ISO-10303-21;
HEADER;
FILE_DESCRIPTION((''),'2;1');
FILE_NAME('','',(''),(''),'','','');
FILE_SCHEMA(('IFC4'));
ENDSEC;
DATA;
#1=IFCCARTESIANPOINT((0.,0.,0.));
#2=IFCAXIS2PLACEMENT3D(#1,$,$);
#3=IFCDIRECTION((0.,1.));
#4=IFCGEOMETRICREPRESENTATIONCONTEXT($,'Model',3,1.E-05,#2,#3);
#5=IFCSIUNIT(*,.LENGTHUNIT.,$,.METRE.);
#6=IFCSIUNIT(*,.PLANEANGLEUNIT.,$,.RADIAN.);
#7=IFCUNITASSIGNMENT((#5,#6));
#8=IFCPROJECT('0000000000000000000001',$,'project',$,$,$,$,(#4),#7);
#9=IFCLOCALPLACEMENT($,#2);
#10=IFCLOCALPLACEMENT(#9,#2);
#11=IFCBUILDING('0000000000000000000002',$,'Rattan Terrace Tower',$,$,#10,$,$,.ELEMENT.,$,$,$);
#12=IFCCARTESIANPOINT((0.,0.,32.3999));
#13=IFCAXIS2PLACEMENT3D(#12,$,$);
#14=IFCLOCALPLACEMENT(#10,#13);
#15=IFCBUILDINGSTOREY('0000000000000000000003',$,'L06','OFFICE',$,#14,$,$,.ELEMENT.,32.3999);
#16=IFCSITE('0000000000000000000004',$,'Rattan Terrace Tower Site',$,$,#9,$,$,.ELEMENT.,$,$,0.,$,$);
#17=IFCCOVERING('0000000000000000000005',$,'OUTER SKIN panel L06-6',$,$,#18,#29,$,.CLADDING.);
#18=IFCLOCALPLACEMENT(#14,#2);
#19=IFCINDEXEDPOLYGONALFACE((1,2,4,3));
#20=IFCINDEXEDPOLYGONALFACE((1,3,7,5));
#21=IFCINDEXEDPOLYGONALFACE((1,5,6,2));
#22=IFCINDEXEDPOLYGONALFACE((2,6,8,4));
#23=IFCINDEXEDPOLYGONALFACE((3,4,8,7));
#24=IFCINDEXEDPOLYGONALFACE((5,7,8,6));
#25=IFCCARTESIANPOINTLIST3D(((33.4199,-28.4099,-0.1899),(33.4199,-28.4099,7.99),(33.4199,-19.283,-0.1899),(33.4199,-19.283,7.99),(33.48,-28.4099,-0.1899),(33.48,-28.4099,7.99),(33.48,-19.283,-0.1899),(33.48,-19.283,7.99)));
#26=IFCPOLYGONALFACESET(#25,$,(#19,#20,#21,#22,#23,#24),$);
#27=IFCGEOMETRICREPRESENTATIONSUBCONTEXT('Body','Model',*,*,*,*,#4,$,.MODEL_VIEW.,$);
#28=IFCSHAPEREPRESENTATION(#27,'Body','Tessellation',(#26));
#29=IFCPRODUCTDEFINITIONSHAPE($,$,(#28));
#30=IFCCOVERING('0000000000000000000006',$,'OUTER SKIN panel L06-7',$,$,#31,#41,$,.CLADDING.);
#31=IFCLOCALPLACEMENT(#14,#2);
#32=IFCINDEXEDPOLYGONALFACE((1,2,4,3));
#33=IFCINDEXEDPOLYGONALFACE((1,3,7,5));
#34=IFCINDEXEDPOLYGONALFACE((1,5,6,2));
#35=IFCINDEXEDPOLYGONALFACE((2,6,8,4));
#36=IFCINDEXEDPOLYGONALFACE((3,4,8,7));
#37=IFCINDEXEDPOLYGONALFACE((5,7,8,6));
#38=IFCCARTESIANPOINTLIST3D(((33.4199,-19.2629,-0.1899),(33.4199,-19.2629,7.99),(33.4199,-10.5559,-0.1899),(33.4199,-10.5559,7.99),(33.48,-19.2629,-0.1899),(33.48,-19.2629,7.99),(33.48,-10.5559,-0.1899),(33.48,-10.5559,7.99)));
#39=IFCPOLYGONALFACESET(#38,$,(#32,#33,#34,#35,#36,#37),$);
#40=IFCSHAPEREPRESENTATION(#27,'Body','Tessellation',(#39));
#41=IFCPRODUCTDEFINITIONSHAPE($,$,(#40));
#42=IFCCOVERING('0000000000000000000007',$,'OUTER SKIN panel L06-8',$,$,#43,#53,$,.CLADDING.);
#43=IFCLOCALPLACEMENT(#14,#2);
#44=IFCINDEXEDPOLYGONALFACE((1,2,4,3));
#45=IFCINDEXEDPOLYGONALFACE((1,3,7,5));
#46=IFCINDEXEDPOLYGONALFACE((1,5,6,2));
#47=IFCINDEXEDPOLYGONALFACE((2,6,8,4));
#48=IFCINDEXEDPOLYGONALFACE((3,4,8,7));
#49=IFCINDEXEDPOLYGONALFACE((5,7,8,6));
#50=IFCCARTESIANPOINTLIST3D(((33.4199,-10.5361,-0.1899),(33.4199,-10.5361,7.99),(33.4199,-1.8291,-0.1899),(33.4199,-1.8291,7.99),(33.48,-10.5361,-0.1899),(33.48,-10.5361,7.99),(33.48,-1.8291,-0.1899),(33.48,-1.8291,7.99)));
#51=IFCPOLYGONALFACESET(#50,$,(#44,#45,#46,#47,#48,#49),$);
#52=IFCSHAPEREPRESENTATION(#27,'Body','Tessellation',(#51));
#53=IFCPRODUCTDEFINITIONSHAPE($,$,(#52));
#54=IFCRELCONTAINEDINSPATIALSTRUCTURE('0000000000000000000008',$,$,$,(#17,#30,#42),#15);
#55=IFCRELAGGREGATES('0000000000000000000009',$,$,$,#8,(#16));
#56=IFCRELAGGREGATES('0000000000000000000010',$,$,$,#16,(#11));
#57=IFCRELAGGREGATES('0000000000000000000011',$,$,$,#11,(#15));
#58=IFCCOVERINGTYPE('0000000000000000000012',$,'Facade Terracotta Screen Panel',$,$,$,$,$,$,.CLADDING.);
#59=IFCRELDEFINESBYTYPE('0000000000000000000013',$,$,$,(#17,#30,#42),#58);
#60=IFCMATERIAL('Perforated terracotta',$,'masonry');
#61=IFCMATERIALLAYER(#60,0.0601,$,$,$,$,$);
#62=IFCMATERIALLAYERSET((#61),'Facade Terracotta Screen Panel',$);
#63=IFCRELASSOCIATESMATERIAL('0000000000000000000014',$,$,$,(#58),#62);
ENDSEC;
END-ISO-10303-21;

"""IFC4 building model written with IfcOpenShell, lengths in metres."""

from ifc_helpers import new_model, si_unit, direction, frame, origin, origin_2d, place, context, subcontext, project, spatial, rectangle, extrude, material, layer, layer_set, type_object, element, save


model = new_model("IFC4")

# Units and contexts
model_context = context("Model", 3, precision=1e-05, world=origin(), true_north=direction((0.0, 1.0)))
body_context = subcontext(model_context, "Body", "Model", "MODEL_VIEW")
ifc_project = project(units=[si_unit("LENGTHUNIT", "METRE"), si_unit("PLANEANGLEUNIT", "RADIAN")], contexts=[model_context])

# Site, building, storey
site_placement = place(None, origin())
site = spatial("IfcSite", under=ifc_project, at=site_placement, Name="Rattan Terrace Tower Site", CompositionType="ELEMENT", RefElevation=0.0)
building_placement = place(site_placement, origin())
building = spatial("IfcBuilding", under=site, at=building_placement, Name="Rattan Terrace Tower", CompositionType="ELEMENT")
storey_placement = place(building_placement, frame((0.0, 0.0, 32.3999)))
storey = spatial("IfcBuildingStorey", under=building, at=storey_placement, Name="L06", Description="OFFICE", CompositionType="ELEMENT", Elevation=32.3999)

# Coverings
ifc_material_1 = material(Name="Perforated terracotta", Category="masonry")
ifc_layer_1 = layer(ifc_material_1, 0.0601)
ifc_layer_set_1 = layer_set([ifc_layer_1], Name="Facade Terracotta Screen Panel")
covering_type = type_object("IfcCoveringType", Name="Facade Terracotta Screen Panel", PredefinedType="CLADDING", material=ifc_layer_set_1)
covering_placement = place(storey_placement, frame((33.45, -23.8464, -0.1899), z_axis=(0.0, 0.0, 1.0), x_axis=(0.0, 1.0, 0.0)))
element("IfcCovering", 1, at=covering_placement, inside=storey, type_object=covering_type, Name="OUTER SKIN panel L06-6", PredefinedType="CLADDING", context=body_context, shape_type="SweptSolid", body=[
    extrude(rectangle(XDim=9.127, YDim=0.0601, at=origin_2d()), origin(), (0.0, 0.0, 1.0), 8.1799),
])
for number, where, z_axis, x_axis, name in (
    (2, (33.45, -14.9094, -0.1899), (0.0, 0.0, 1.0), (0.0, 1.0, 0.0), "OUTER SKIN panel L06-7"),
    (3, (33.45, -6.1826, -0.1899), (0.0, 0.0, 1.0), (0.0, 1.0, 0.0), "OUTER SKIN panel L06-8"),
):
    element("IfcCovering", number, at=place(storey_placement, frame(where, z_axis=z_axis, x_axis=x_axis)), inside=storey, type_object=covering_type, Name=name, PredefinedType="CLADDING", context=body_context, shape_type="SweptSolid", body=[
        extrude(rectangle(XDim=8.707, YDim=0.0601, at=origin_2d()), origin(), (0.0, 0.0, 1.0), 8.1799),
    ])

save(model, "model.ifc")
